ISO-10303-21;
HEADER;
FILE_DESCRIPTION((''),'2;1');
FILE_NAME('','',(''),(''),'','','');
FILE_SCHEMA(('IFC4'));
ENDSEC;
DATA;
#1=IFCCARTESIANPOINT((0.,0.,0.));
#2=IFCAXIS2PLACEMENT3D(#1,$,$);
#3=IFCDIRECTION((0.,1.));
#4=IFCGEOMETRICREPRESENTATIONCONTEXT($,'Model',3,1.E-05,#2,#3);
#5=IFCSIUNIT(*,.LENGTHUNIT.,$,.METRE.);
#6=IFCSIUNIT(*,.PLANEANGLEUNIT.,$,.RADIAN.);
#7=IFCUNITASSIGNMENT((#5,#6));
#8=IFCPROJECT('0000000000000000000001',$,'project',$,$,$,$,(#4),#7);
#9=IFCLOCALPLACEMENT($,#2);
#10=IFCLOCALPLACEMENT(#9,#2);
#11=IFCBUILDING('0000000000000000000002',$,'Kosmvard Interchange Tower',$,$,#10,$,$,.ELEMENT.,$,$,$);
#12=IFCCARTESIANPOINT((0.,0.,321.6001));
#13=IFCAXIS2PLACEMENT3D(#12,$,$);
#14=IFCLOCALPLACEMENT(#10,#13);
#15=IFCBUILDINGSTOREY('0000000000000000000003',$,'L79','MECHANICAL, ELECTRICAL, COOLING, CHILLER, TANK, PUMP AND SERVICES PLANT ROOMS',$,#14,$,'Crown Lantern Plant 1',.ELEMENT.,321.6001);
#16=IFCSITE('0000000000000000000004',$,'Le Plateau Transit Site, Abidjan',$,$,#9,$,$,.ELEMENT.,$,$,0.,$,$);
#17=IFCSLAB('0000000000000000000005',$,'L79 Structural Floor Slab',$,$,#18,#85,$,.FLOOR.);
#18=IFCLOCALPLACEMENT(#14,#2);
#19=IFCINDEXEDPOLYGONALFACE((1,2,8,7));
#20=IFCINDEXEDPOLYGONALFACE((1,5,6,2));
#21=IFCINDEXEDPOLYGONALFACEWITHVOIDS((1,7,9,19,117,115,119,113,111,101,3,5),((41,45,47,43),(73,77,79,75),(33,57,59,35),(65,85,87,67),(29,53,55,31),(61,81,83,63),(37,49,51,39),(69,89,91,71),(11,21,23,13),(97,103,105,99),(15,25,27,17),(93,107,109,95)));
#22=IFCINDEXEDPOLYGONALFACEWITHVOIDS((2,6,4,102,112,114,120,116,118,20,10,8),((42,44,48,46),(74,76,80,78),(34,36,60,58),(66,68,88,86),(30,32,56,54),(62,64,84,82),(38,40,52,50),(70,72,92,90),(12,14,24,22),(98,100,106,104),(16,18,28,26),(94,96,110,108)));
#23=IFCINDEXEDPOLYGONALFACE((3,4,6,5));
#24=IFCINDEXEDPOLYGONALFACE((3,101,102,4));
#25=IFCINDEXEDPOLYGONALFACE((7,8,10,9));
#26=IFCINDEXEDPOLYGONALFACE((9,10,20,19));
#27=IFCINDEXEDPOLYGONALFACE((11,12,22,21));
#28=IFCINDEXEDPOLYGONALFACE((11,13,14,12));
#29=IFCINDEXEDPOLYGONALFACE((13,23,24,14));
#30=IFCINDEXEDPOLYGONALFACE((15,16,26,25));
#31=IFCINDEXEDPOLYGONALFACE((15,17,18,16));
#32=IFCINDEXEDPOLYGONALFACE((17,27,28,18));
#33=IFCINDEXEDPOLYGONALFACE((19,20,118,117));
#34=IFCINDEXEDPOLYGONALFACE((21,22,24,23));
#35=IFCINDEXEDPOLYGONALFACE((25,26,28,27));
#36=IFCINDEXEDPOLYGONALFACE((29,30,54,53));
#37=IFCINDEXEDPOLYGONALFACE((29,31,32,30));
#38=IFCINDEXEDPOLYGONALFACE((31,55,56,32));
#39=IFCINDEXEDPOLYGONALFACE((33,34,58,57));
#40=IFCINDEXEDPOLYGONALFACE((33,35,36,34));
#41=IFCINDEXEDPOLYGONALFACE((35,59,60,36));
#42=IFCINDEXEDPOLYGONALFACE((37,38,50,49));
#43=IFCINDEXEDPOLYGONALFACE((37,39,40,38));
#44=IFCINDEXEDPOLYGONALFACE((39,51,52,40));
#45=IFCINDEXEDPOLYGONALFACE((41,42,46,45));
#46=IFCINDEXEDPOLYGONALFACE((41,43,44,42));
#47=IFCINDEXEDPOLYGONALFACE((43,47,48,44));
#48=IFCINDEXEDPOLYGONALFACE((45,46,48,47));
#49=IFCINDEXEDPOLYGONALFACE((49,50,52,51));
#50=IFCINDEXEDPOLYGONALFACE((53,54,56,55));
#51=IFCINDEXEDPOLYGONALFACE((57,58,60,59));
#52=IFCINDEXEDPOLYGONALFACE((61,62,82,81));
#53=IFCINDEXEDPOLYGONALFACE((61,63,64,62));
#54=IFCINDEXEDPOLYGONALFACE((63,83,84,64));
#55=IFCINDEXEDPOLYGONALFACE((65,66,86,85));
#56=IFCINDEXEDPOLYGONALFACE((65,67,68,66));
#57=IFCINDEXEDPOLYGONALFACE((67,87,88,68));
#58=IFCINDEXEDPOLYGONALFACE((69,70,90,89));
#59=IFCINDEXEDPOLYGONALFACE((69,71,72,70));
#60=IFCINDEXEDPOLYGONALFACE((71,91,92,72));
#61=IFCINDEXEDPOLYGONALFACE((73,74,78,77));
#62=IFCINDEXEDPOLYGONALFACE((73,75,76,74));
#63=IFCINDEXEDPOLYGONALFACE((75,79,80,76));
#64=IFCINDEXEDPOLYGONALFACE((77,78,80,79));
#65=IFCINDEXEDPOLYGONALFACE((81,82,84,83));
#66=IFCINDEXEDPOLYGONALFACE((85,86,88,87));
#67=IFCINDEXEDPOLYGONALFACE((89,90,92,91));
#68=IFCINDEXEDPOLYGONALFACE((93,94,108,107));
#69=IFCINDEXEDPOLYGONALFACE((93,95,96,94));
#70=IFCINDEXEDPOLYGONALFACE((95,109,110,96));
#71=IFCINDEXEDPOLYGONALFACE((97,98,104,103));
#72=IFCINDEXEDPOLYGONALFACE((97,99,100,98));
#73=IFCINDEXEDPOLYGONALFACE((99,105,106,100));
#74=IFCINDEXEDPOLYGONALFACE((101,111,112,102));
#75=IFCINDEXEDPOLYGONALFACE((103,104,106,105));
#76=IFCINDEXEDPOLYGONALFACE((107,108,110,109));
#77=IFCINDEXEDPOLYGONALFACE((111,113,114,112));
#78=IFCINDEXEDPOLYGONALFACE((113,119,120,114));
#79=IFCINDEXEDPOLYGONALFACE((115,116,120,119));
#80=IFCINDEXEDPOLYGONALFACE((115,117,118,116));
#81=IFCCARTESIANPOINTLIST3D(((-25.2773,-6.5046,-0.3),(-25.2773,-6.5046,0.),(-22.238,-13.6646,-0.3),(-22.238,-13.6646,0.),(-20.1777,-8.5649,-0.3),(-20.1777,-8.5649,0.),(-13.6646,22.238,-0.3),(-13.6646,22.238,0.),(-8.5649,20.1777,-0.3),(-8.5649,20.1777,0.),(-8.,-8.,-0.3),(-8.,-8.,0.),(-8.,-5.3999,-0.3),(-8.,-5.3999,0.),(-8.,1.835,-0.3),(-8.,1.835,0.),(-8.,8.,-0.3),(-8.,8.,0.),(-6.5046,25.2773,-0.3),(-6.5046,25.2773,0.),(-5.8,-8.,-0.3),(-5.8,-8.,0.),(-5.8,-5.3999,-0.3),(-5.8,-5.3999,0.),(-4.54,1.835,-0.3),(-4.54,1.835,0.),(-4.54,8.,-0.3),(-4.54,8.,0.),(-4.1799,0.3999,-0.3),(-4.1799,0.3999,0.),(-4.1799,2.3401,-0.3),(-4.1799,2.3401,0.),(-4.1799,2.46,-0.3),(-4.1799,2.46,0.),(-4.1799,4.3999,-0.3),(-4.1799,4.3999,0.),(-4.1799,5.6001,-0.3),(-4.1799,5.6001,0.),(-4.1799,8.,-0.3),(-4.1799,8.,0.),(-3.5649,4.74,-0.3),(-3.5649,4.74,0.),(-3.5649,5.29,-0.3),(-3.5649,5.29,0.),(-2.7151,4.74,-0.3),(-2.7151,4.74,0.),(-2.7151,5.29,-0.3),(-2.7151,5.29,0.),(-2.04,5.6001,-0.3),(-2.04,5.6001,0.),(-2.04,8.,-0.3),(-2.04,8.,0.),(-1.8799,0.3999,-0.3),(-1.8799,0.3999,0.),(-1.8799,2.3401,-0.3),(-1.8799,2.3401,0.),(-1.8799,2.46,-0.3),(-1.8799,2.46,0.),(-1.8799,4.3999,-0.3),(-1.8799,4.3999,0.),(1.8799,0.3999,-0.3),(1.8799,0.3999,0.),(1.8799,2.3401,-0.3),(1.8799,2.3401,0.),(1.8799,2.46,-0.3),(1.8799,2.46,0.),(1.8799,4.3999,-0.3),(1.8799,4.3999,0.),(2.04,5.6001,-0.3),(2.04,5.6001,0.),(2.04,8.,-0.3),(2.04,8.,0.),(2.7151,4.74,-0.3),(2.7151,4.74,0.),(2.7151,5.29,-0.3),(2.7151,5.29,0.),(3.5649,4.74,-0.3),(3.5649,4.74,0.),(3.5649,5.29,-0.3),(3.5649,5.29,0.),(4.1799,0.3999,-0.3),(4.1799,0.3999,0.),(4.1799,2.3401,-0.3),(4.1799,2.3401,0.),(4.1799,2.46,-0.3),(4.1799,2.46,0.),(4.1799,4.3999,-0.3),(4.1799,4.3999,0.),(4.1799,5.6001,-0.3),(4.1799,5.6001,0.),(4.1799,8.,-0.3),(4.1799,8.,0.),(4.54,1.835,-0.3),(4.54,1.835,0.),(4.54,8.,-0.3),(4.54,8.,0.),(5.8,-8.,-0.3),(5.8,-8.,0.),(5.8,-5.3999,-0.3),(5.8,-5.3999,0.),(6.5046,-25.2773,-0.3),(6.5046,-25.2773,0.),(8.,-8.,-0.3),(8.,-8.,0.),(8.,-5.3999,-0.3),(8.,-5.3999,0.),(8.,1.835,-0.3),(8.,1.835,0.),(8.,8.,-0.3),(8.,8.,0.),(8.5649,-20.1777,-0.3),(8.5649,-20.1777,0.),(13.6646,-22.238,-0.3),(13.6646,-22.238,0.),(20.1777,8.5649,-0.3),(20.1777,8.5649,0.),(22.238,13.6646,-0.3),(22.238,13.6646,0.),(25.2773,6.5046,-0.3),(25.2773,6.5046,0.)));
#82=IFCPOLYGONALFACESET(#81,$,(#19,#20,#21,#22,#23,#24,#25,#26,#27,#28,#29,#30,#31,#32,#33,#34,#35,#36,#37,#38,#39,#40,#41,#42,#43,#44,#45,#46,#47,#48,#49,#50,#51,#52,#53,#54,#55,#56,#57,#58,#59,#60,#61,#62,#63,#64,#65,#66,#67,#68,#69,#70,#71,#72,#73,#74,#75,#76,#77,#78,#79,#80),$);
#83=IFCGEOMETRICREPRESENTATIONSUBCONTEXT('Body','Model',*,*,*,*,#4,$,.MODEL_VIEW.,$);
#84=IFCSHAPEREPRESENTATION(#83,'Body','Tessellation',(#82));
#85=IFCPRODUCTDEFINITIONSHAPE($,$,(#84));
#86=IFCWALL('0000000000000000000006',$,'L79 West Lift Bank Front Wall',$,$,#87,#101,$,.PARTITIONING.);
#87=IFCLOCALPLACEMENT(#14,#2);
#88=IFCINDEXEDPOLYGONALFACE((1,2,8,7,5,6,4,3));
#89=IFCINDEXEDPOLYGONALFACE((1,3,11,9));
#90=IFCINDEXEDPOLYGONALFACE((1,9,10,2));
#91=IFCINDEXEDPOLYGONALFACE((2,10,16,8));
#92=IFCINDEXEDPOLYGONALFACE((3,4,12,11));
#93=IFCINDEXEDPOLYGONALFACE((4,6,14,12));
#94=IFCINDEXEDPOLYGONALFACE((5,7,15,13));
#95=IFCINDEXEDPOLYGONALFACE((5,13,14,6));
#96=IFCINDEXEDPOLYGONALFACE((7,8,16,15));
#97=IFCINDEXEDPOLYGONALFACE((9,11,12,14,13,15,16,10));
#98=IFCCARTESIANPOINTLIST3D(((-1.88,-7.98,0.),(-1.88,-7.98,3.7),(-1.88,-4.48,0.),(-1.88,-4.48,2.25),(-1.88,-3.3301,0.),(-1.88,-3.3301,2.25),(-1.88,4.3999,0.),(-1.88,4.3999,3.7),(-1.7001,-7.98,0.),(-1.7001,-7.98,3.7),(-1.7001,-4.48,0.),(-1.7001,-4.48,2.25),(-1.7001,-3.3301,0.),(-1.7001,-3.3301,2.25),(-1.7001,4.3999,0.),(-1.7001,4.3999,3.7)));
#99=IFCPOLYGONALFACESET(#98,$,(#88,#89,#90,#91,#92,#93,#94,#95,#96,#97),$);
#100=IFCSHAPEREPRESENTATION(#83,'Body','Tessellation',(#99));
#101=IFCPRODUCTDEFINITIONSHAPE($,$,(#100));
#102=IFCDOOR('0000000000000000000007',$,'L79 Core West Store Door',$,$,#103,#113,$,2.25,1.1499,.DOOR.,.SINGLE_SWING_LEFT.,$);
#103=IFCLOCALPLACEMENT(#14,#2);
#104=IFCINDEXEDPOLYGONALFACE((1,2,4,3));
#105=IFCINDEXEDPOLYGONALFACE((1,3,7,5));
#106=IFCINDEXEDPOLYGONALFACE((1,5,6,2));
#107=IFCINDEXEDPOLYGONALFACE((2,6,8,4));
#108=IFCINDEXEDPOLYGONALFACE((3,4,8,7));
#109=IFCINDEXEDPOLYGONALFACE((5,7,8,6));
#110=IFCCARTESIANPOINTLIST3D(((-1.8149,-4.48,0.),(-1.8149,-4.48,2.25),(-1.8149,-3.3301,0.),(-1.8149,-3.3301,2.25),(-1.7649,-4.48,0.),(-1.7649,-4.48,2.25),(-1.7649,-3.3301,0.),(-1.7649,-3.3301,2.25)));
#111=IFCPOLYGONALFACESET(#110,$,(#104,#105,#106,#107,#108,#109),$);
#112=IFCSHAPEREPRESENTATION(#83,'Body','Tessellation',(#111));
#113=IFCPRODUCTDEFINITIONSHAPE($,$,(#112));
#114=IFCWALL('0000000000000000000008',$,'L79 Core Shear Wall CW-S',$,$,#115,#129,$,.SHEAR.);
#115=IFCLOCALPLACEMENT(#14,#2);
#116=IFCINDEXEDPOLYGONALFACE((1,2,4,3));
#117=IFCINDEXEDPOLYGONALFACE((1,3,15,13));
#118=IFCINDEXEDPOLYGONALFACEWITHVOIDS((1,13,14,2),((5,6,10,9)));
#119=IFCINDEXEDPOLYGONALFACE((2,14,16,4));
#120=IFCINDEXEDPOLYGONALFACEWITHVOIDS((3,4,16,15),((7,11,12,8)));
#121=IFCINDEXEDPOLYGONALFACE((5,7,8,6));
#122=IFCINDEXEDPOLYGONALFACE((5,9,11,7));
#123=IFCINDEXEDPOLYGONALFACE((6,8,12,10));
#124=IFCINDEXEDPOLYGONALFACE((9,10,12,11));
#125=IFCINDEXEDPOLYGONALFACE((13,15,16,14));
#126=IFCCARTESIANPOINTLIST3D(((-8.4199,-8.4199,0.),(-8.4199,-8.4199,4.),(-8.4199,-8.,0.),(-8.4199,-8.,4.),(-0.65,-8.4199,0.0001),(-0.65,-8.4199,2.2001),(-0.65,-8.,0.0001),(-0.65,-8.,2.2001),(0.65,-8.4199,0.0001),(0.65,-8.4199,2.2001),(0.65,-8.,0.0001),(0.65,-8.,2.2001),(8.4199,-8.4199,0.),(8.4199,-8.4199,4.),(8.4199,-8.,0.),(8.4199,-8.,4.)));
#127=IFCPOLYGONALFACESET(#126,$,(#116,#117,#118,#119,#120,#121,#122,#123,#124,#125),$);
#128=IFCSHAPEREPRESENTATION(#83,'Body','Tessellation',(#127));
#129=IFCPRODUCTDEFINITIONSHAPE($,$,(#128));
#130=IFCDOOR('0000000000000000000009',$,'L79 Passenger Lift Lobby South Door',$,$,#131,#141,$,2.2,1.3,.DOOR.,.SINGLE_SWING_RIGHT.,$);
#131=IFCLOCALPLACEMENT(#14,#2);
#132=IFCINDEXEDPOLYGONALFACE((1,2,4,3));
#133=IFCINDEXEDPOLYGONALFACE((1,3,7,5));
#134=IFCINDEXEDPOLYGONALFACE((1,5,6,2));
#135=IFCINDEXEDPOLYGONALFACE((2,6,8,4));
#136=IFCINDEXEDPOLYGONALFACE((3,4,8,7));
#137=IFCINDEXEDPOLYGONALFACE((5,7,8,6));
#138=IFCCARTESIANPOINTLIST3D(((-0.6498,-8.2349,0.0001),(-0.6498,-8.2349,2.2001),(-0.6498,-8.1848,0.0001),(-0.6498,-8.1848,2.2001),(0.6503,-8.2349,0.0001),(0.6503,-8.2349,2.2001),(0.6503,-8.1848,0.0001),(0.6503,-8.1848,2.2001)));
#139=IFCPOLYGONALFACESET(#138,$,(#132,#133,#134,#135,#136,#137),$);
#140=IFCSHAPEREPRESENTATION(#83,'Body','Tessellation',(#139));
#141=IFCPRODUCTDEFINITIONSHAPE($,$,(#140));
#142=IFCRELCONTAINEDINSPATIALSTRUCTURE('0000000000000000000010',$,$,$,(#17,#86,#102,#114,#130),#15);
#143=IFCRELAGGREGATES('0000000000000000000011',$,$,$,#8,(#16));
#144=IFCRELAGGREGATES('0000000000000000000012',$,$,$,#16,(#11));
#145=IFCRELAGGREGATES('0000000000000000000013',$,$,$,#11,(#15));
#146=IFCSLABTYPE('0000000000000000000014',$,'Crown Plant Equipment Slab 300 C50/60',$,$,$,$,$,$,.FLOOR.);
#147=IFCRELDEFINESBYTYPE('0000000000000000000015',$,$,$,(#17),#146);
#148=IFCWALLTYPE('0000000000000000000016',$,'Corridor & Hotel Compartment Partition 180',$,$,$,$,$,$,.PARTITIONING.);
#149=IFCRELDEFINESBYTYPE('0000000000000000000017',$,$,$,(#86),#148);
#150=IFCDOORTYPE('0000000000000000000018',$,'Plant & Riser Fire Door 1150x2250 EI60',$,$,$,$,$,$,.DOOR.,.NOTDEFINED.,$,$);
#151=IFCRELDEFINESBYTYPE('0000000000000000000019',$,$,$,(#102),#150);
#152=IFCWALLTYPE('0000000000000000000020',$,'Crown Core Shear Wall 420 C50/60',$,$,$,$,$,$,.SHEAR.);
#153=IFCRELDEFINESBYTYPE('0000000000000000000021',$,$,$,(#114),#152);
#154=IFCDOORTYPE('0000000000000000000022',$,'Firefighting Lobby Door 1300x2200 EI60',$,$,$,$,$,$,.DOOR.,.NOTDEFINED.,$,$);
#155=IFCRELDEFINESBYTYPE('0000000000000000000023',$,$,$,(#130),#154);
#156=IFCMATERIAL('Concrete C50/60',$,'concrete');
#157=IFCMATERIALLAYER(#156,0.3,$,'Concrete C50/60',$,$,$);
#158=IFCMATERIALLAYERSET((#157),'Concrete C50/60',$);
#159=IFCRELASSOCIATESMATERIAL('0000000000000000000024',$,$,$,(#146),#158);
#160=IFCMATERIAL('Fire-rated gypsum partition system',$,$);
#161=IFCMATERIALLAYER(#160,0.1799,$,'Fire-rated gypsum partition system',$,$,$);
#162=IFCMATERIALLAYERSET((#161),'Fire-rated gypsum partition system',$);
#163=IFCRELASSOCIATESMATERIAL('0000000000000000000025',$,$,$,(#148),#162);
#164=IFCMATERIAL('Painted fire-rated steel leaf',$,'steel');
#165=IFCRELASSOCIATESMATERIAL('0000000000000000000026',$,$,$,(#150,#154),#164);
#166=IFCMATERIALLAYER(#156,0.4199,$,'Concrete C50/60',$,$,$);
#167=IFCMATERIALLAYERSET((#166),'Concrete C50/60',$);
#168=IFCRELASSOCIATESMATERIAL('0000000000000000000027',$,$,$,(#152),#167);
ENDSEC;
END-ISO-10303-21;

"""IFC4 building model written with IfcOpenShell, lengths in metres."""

from ifc_helpers import new_model, si_unit, direction, frame, frame_2d, origin, place, context, subcontext, project, spatial, polyline, rectangle, outline, extrude, source, transform, mapped, material, layer, layer_set, type_object, element, fill, save


model = new_model("IFC4")

# Units and contexts
model_context = context("Model", 3, precision=1e-05, world=origin(), true_north=direction((0.0, 1.0)))
body_context = subcontext(model_context, "Body", "Model", "MODEL_VIEW")
ifc_project = project(units=[si_unit("LENGTHUNIT", "METRE"), si_unit("PLANEANGLEUNIT", "RADIAN")], contexts=[model_context])

# Site, building, storey
site_placement = place(None, origin())
site = spatial("IfcSite", under=ifc_project, at=site_placement, Name="Le Plateau Transit Site, Abidjan", CompositionType="ELEMENT", RefElevation=0.0)
building_placement = place(site_placement, origin())
building = spatial("IfcBuilding", under=site, at=building_placement, Name="Kosmvard Interchange Tower", CompositionType="ELEMENT")
storey_placement = place(building_placement, frame((0.0, 0.0, 321.6001)))
storey = spatial("IfcBuildingStorey", under=building, at=storey_placement, Name="L79", Description="MECHANICAL, ELECTRICAL, COOLING, CHILLER, TANK, PUMP AND SERVICES PLANT ROOMS", LongName="Crown Lantern Plant 1", CompositionType="ELEMENT", Elevation=321.6001)

# Shared definitions
ifc_material_1 = material(Name="Concrete C50/60", Category="concrete")

# Slab
ifc_layer_1 = layer(ifc_material_1, 0.3, Name="Concrete C50/60")
ifc_layer_set_1 = layer_set([ifc_layer_1], Name="Concrete C50/60")
slab_type = type_object("IfcSlabType", Name="Crown Plant Equipment Slab 300 C50/60", PredefinedType="FLOOR", material=ifc_layer_set_1)
slab_placement = place(storey_placement, frame((0.0, 0.0, -0.3)))
element("IfcSlab", 1, at=slab_placement, inside=storey, type_object=slab_type, Name="L79 Structural Floor Slab", PredefinedType="FLOOR", context=body_context, shape_type="SweptSolid", body=[
    extrude(outline(polyline([(13.6646, -22.238), (25.2773, 6.5046), (20.1777, 8.5649), (22.238, 13.6646), (-6.5046, 25.2773), (-8.5649, 20.1777), (-13.6646, 22.238), (-25.2773, -6.5046), (-20.1777, -8.5649), (-22.238, -13.6646), (6.5046, -25.2773), (8.5649, -20.1777), (13.6646, -22.238)]), holes=[polyline([(-8.0, 1.835), (-4.54, 1.835), (-4.54, 8.0), (-8.0, 8.0), (-8.0, 1.835)]), polyline([(4.54, 1.835), (8.0, 1.835), (8.0, 8.0), (4.54, 8.0), (4.54, 1.835)]), polyline([(-8.0, -8.0), (-5.8, -8.0), (-5.8, -5.3999), (-8.0, -5.3999), (-8.0, -8.0)]), polyline([(5.8, -8.0), (8.0, -8.0), (8.0, -5.3999), (5.8, -5.3999), (5.8, -8.0)]), polyline([(-4.1799, 0.3999), (-1.8799, 0.3999), (-1.8799, 2.3401), (-4.1799, 2.3401), (-4.1799, 0.3999)]), polyline([(-4.1799, 2.46), (-1.8799, 2.46), (-1.8799, 4.3999), (-4.1799, 4.3999), (-4.1799, 2.46)]), polyline([(1.8799, 0.3999), (4.1799, 0.3999), (4.1799, 2.3401), (1.8799, 2.3401), (1.8799, 0.3999)]), polyline([(1.8799, 2.46), (4.1799, 2.46), (4.1799, 4.3999), (1.8799, 4.3999), (1.8799, 2.46)]), polyline([(-4.1799, 5.6001), (-2.04, 5.6001), (-2.04, 8.0), (-4.1799, 8.0), (-4.1799, 5.6001)]), polyline([(2.04, 5.6001), (4.1799, 5.6001), (4.1799, 8.0), (2.04, 8.0), (2.04, 5.6001)]), polyline([(-3.5649, 4.74), (-2.7151, 4.74), (-2.7151, 5.29), (-3.5649, 5.29), (-3.5649, 4.74)]), polyline([(2.7151, 4.74), (3.5649, 4.74), (3.5649, 5.29), (2.7151, 5.29), (2.7151, 4.74)])]), origin(), (0.0, 0.0, 1.0), 0.3),
])

# Walls, openings, doors
ifc_material_2 = material(Name="Fire-rated gypsum partition system")
ifc_layer_2 = layer(ifc_material_2, 0.1799, Name="Fire-rated gypsum partition system")
ifc_layer_set_2 = layer_set([ifc_layer_2], Name="Fire-rated gypsum partition system")
wall_type_1 = type_object("IfcWallType", Name="Corridor & Hotel Compartment Partition 180", PredefinedType="PARTITIONING", material=ifc_layer_set_2)
wall_1_placement = place(storey_placement, frame((-1.79, -7.98, 0.0), z_axis=(0.0, 0.0, 1.0), x_axis=(0.0, 1.0, 0.0)))
wall_1 = element("IfcWall", 2, at=wall_1_placement, inside=storey, type_object=wall_type_1, Name="L79 West Lift Bank Front Wall", PredefinedType="PARTITIONING", context=body_context, shape_type="SweptSolid", body=[
    extrude(rectangle(XDim=12.3799, YDim=0.1799, at=frame_2d((6.1899, 0.0))), origin(), (0.0, 0.0, 1.0), 3.7),
])
opening_1_placement = place(wall_1_placement, frame((3.5, 0.0, 0.0)))
opening_1 = element("IfcOpeningElement", 3, at=opening_1_placement, cuts=wall_1, PredefinedType="OPENING", context=body_context, shape_type="SweptSolid", body=[
    extrude(rectangle(XDim=1.1499, YDim=2.25, at=frame_2d((0.575, 1.125))), frame((0.0, 0.1001, 0.0), z_axis=(0.0, -1.0, 0.0), x_axis=(1.0, 0.0, 0.0)), (0.0, 0.0, 1.0), 0.2),
])
ifc_material_3 = material(Name="Painted fire-rated steel leaf", Category="steel")
door_type_1 = type_object("IfcDoorType", Name="Plant & Riser Fire Door 1150x2250 EI60", OperationType="NOTDEFINED", PredefinedType="DOOR", material=ifc_material_3)
shared_shape_1 = source(origin(), body_context, "Body", "SweptSolid", [
    extrude(rectangle(XDim=1.1499, YDim=2.25, at=frame_2d((0.575, 1.125))), frame((0.0, 0.0249, 0.0), z_axis=(0.0, -1.0, 0.0), x_axis=(1.0, 0.0, 0.0)), (0.0, 0.0, 1.0), 0.05),
])
door_1_placement = place(opening_1_placement, origin())
door_1 = element("IfcDoor", 4, at=door_1_placement, inside=storey, type_object=door_type_1, Name="L79 Core West Store Door", OperationType="SINGLE_SWING_LEFT", OverallHeight=2.25, OverallWidth=1.1499, PredefinedType="DOOR", context=body_context, shape_type="MappedRepresentation", body=[
    mapped(shared_shape_1, transform((0.0, 0.0, 0.0), scale=1.0)),
])
fill(opening_1, door_1)
ifc_layer_3 = layer(ifc_material_1, 0.4199, Name="Concrete C50/60")
ifc_layer_set_3 = layer_set([ifc_layer_3], Name="Concrete C50/60")
wall_type_2 = type_object("IfcWallType", Name="Crown Core Shear Wall 420 C50/60", PredefinedType="SHEAR", material=ifc_layer_set_3)
wall_2_placement = place(storey_placement, frame((-8.4199, -8.21, 0.0), z_axis=(0.0, 0.0, 1.0), x_axis=(1.0, 0.0, 0.0)))
wall_2 = element("IfcWall", 5, at=wall_2_placement, inside=storey, type_object=wall_type_2, Name="L79 Core Shear Wall CW-S", PredefinedType="SHEAR", context=body_context, shape_type="SweptSolid", body=[
    extrude(rectangle(XDim=16.8398, YDim=0.4199, at=frame_2d((8.4199, 0.0))), origin(), (0.0, 0.0, 1.0), 4.0),
])
opening_2_placement = place(wall_2_placement, frame((7.77, 0.0, 0.0)))
opening_2 = element("IfcOpeningElement", 6, at=opening_2_placement, cuts=wall_2, PredefinedType="OPENING", context=body_context, shape_type="SweptSolid", body=[
    extrude(rectangle(XDim=1.3, YDim=2.2, at=frame_2d((0.6499, 1.1001))), frame((0.0, 0.22, 0.0), z_axis=(0.0, -1.0, 0.0), x_axis=(1.0, 0.0, 0.0)), (0.0, 0.0, 1.0), 0.4399),
])
door_type_2 = type_object("IfcDoorType", Name="Firefighting Lobby Door 1300x2200 EI60", OperationType="NOTDEFINED", PredefinedType="DOOR", material=ifc_material_3)
shared_shape_2 = source(origin(), body_context, "Body", "SweptSolid", [
    extrude(rectangle(XDim=1.3, YDim=2.2, at=frame_2d((0.6499, 1.1001))), frame((0.0, 0.0249, 0.0), z_axis=(0.0, -1.0, 0.0), x_axis=(1.0, 0.0, 0.0)), (0.0, 0.0, 1.0), 0.05),
])
door_2_placement = place(opening_2_placement, frame((1.3, 0.0, 0.0), z_axis=(0.0, 0.0, 1.0), x_axis=(-1.0, 0.0, 0.0)))
door_2 = element("IfcDoor", 7, at=door_2_placement, inside=storey, type_object=door_type_2, Name="L79 Passenger Lift Lobby South Door", OperationType="SINGLE_SWING_RIGHT", OverallHeight=2.2, OverallWidth=1.3, PredefinedType="DOOR", context=body_context, shape_type="MappedRepresentation", body=[
    mapped(shared_shape_2, transform((0.0, 0.0, 0.0), scale=1.0)),
])
fill(opening_2, door_2)

save(model, "model.ifc")
